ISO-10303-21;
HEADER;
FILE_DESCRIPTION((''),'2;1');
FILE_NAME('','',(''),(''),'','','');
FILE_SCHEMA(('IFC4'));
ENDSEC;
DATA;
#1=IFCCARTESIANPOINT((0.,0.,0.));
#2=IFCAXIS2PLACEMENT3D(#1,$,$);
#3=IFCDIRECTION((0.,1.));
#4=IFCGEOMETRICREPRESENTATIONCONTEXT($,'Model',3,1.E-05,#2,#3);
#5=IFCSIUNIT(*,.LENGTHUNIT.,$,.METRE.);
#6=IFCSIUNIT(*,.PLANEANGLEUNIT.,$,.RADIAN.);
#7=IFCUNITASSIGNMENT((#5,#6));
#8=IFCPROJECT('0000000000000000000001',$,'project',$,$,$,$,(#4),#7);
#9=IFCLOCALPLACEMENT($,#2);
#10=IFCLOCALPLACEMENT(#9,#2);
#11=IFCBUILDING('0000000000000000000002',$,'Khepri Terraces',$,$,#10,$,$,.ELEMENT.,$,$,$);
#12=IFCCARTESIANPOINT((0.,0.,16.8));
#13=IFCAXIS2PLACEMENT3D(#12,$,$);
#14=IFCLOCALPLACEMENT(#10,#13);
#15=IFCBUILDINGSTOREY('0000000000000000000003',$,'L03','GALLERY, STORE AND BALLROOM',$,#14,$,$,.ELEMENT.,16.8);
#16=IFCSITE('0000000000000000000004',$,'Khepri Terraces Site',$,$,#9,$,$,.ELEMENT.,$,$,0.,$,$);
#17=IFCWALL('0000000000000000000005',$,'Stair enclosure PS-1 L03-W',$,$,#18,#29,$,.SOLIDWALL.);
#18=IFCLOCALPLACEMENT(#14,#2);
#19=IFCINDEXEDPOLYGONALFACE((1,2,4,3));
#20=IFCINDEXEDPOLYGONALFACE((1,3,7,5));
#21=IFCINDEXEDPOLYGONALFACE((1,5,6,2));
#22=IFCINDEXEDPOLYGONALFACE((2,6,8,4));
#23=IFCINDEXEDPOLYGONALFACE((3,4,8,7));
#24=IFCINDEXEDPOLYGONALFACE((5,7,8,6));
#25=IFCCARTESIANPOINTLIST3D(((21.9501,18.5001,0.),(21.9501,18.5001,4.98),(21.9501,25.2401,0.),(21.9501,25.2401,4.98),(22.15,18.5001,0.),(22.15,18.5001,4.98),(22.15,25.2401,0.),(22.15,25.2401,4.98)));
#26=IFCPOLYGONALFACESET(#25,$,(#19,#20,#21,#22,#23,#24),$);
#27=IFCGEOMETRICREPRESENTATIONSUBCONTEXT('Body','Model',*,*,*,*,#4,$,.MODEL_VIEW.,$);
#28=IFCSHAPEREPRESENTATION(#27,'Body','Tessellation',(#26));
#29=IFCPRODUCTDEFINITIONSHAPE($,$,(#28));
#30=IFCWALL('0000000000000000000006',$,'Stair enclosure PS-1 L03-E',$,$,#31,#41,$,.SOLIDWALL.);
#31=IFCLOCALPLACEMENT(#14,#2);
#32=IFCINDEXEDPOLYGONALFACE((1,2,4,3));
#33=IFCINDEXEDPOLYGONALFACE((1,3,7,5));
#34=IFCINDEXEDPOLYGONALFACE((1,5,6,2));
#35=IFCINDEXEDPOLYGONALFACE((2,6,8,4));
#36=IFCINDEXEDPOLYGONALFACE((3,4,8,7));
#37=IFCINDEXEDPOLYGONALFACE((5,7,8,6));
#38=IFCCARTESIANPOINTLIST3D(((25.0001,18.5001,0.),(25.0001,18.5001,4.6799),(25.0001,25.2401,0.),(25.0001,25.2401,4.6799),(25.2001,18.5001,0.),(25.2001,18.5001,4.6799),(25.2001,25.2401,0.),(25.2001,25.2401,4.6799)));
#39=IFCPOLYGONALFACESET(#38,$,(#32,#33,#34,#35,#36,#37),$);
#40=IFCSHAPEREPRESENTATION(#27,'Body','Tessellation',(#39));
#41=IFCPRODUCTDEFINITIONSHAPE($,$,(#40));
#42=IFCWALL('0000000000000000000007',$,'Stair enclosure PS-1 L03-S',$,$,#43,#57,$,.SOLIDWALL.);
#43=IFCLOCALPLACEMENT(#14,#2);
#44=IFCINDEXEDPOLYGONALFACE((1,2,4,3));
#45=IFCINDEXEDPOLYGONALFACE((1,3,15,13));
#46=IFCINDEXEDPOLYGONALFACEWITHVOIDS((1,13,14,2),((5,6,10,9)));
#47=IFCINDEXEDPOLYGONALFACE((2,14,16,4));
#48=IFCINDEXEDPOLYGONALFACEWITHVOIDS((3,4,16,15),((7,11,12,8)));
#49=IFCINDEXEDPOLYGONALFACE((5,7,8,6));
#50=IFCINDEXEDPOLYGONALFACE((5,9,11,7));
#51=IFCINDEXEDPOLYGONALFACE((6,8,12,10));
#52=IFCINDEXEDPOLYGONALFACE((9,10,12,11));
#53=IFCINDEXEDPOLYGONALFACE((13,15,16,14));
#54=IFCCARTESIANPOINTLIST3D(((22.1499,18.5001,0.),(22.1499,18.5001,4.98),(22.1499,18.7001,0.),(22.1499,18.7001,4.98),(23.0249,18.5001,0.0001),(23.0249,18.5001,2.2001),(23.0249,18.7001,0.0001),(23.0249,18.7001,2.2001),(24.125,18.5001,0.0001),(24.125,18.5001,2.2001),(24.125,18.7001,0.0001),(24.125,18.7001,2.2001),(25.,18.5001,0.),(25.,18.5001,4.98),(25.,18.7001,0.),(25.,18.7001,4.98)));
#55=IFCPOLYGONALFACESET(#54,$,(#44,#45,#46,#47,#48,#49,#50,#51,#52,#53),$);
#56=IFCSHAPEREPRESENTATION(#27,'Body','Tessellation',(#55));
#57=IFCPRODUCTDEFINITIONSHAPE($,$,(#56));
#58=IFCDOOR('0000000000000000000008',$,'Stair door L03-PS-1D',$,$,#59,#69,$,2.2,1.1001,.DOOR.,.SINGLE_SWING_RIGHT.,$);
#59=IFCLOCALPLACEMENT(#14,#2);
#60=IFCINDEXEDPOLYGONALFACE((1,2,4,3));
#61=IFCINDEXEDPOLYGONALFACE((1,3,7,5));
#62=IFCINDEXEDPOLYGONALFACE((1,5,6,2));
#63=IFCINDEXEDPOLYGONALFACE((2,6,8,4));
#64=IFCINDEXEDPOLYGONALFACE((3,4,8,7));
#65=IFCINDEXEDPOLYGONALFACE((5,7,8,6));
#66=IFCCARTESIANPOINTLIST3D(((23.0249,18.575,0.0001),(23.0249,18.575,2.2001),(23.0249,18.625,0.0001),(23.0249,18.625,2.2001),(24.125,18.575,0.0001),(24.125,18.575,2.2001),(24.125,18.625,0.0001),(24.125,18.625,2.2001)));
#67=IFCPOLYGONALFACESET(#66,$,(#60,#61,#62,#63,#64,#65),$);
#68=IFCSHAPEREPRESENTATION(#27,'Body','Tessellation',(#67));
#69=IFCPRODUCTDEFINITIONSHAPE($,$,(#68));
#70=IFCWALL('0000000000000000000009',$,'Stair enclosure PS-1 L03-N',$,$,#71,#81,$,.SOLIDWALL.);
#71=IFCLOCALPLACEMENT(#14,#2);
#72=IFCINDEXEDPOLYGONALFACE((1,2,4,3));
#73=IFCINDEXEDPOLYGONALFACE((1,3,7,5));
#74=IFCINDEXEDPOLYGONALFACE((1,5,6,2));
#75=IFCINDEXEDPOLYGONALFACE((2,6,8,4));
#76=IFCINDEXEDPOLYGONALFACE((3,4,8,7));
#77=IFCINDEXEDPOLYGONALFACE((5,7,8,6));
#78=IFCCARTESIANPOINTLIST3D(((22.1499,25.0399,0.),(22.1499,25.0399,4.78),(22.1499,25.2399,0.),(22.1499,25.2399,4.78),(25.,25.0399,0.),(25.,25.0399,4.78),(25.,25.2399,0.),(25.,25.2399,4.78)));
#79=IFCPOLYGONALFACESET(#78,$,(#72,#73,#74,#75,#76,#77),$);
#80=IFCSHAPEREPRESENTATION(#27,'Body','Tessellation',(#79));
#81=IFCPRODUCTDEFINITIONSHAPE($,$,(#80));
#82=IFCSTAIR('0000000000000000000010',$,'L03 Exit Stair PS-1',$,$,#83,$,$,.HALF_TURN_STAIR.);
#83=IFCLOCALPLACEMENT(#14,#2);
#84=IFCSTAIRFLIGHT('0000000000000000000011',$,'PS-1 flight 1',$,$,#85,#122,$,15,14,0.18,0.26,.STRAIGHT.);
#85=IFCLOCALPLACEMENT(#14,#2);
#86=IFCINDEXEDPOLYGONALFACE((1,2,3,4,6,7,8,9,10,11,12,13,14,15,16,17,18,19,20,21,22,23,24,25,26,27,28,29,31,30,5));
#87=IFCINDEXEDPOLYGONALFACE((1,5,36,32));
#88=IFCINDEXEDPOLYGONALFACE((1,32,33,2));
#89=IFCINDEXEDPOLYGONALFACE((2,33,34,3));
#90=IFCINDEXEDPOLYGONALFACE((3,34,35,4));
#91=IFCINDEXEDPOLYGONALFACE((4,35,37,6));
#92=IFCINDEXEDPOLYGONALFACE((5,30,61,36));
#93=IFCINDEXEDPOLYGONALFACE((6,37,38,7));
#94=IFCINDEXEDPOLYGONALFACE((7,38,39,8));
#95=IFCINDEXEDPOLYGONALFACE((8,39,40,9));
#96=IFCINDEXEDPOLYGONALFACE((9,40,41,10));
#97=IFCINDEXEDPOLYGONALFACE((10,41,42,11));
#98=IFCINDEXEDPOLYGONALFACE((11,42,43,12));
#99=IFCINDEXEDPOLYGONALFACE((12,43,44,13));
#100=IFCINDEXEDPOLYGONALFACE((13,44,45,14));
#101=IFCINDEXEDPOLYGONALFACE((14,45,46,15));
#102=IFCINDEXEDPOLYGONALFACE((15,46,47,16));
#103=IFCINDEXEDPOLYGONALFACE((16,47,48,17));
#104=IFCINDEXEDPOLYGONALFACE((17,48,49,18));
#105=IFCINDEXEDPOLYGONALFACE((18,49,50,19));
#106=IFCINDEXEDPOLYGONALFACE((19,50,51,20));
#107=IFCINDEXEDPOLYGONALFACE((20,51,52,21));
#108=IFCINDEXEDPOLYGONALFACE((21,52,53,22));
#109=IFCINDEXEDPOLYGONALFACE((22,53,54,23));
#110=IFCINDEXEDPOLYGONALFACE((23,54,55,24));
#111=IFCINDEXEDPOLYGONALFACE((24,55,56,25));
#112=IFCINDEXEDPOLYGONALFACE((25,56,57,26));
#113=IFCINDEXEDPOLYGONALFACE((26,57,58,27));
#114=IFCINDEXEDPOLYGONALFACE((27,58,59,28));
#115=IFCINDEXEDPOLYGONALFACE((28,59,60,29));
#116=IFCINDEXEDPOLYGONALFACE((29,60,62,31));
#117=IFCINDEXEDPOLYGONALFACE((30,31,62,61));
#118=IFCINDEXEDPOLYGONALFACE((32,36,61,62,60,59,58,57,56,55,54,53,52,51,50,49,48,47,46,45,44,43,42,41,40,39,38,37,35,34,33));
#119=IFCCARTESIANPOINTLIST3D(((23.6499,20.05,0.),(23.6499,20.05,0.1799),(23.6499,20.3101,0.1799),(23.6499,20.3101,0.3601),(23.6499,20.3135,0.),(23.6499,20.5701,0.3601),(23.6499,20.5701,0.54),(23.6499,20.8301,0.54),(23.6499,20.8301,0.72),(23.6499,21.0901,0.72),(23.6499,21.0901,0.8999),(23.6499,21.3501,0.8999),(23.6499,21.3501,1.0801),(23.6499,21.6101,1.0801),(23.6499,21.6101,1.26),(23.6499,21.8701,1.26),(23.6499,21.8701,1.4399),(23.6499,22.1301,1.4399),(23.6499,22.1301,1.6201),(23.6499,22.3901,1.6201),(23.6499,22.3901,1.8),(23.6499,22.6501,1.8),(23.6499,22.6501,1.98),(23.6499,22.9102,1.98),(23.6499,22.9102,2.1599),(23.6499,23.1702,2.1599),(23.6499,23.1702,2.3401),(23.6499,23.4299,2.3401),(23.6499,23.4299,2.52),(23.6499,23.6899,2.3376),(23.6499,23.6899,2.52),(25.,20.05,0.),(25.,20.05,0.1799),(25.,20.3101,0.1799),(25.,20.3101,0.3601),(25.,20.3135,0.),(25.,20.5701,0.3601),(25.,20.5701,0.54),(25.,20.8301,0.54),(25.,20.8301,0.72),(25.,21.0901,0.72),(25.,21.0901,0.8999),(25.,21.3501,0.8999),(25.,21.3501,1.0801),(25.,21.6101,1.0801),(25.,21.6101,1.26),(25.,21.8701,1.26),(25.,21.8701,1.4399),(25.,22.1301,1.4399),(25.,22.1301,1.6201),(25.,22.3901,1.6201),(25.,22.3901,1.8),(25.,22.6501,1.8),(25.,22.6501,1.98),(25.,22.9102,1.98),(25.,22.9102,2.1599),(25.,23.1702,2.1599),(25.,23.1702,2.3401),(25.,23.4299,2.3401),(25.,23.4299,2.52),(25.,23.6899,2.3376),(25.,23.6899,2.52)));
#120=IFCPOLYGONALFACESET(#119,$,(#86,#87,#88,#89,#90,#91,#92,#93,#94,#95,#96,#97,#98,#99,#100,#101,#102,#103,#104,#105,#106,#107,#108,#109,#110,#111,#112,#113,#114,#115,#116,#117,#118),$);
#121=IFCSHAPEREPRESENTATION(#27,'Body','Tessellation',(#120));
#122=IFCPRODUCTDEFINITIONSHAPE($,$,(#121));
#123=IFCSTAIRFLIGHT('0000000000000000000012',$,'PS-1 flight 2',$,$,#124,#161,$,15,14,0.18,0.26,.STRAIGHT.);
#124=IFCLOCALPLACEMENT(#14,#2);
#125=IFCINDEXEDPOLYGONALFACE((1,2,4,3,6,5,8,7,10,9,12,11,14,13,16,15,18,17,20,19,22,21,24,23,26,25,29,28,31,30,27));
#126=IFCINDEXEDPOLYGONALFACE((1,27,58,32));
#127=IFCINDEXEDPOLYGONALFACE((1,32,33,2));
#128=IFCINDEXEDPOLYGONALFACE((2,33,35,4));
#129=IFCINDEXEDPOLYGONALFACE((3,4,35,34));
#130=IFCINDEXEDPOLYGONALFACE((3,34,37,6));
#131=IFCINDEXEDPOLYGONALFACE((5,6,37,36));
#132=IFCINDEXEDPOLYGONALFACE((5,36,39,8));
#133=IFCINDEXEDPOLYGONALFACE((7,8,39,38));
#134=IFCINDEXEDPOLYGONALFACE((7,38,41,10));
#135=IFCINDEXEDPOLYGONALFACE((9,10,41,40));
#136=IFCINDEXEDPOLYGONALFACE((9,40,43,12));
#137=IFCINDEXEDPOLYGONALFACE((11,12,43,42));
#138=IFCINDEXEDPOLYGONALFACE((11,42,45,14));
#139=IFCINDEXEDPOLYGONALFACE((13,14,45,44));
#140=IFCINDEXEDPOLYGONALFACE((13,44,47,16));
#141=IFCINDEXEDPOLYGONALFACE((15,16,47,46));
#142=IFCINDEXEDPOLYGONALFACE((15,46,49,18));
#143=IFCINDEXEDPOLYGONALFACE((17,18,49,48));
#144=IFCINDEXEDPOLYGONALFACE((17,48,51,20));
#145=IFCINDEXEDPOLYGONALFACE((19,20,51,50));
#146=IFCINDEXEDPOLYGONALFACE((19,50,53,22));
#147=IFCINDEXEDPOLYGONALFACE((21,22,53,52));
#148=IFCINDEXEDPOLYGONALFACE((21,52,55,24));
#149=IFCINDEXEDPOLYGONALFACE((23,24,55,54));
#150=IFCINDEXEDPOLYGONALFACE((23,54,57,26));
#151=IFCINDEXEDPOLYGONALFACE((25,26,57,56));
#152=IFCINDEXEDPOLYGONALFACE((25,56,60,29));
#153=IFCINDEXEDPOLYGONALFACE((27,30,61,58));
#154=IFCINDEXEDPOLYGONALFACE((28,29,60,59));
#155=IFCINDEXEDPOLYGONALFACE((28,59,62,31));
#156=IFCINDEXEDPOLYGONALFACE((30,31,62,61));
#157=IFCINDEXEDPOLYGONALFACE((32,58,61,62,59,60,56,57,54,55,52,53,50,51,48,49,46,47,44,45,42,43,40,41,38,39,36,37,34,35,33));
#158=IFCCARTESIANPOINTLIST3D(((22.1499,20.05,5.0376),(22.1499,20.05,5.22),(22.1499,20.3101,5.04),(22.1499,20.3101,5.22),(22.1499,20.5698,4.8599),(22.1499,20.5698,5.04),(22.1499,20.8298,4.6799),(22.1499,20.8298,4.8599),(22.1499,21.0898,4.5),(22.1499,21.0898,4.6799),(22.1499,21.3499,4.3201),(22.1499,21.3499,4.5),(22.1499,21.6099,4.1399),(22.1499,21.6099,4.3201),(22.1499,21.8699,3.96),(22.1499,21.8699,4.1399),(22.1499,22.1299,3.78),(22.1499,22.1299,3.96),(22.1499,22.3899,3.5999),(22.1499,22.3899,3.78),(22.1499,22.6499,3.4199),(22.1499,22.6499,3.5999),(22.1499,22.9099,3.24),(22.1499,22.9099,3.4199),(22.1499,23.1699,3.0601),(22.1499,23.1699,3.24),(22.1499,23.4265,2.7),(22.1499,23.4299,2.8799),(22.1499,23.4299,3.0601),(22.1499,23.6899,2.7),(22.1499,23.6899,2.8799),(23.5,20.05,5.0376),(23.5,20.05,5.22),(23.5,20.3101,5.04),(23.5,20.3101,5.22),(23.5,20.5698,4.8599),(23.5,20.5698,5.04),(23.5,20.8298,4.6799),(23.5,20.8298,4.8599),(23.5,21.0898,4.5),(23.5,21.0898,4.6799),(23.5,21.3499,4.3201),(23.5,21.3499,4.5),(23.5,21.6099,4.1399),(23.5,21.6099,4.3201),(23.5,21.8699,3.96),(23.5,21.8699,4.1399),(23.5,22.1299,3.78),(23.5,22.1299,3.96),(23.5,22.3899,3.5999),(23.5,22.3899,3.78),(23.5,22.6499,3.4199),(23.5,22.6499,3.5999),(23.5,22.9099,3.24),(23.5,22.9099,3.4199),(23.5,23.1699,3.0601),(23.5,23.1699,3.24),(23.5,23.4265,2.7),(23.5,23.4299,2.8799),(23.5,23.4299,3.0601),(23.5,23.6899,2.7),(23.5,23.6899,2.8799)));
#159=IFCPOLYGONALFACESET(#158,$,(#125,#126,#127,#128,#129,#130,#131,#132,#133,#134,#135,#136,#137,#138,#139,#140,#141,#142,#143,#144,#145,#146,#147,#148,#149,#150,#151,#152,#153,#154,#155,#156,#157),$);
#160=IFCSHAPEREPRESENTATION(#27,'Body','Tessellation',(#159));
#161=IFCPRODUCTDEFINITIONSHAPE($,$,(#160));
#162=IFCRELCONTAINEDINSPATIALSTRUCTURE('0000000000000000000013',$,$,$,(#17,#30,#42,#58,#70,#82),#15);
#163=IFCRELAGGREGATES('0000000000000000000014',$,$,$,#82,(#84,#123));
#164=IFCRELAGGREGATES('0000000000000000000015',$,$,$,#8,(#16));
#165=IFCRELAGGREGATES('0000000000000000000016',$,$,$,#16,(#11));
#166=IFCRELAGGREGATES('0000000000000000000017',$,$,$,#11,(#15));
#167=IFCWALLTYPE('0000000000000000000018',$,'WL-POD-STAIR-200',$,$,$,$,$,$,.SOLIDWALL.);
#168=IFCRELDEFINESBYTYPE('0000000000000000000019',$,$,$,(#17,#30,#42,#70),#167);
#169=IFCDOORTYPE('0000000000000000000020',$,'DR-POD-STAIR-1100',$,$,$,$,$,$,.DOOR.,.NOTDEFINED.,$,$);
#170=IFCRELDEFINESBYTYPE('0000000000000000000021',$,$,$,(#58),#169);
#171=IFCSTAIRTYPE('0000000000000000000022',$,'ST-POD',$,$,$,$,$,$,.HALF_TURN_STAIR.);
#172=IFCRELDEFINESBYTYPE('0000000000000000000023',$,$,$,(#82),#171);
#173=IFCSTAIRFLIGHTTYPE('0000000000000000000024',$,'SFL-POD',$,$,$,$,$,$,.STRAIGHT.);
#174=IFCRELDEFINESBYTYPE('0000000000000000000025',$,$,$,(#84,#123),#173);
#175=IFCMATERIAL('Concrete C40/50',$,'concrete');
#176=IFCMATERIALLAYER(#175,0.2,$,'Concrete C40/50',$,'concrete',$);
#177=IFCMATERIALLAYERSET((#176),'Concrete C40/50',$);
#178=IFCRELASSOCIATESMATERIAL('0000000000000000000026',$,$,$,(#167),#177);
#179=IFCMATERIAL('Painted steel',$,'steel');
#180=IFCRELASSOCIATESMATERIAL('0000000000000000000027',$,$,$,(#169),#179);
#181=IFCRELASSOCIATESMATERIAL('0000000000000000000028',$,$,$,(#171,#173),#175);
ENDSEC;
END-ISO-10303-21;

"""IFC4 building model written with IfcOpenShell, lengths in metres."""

from ifc_helpers import new_model, si_unit, direction, frame, frame_2d, origin, place, context, subcontext, project, spatial, polyline, rectangle, outline, extrude, material, layer, layer_set, type_object, element, fill, aggregate, save


model = new_model("IFC4")

# Units and contexts
model_context = context("Model", 3, precision=1e-05, world=origin(), true_north=direction((0.0, 1.0)))
body_context = subcontext(model_context, "Body", "Model", "MODEL_VIEW")
ifc_project = project(units=[si_unit("LENGTHUNIT", "METRE"), si_unit("PLANEANGLEUNIT", "RADIAN")], contexts=[model_context])

# Site, building, storey
site_placement = place(None, origin())
site = spatial("IfcSite", under=ifc_project, at=site_placement, Name="Khepri Terraces Site", CompositionType="ELEMENT", RefElevation=0.0)
building_placement = place(site_placement, origin())
building = spatial("IfcBuilding", under=site, at=building_placement, Name="Khepri Terraces", CompositionType="ELEMENT")
storey_placement = place(building_placement, frame((0.0, 0.0, 16.8)))
storey = spatial("IfcBuildingStorey", under=building, at=storey_placement, Name="L03", Description="GALLERY, STORE AND BALLROOM", CompositionType="ELEMENT", Elevation=16.8)

# Walls
ifc_material_1 = material(Name="Concrete C40/50", Category="concrete")
ifc_layer_1 = layer(ifc_material_1, 0.2, Name="Concrete C40/50", Category="concrete")
ifc_layer_set_1 = layer_set([ifc_layer_1], Name="Concrete C40/50")
wall_type_1 = type_object("IfcWallType", Name="WL-POD-STAIR-200", PredefinedType="SOLIDWALL", material=ifc_layer_set_1)
wall_1_placement = place(storey_placement, frame((22.05, 18.5, 0.0), z_axis=(0.0, 0.0, 1.0), x_axis=(0.0, 1.0, 0.0)))
element("IfcWall", 1, at=wall_1_placement, inside=storey, type_object=wall_type_1, Name="Stair enclosure PS-1 L03-W", PredefinedType="SOLIDWALL", context=body_context, shape_type="SweptSolid", body=[
    extrude(rectangle(XDim=6.74, YDim=0.2, at=frame_2d((3.3701, 0.0))), origin(), (0.0, 0.0, 1.0), 4.98),
])
wall_2_placement = place(storey_placement, frame((25.1001, 18.5, 0.0), z_axis=(0.0, 0.0, 1.0), x_axis=(0.0, 1.0, 0.0)))
element("IfcWall", 2, at=wall_2_placement, inside=storey, type_object=wall_type_1, Name="Stair enclosure PS-1 L03-E", PredefinedType="SOLIDWALL", context=body_context, shape_type="SweptSolid", body=[
    extrude(rectangle(XDim=6.74, YDim=0.2, at=frame_2d((3.3701, 0.0))), origin(), (0.0, 0.0, 1.0), 4.6799),
])

# Wall, opening, door
wall_3_placement = place(storey_placement, frame((22.1499, 18.6001, 0.0), z_axis=(0.0, 0.0, 1.0), x_axis=(1.0, 0.0, 0.0)))
wall_3 = element("IfcWall", 3, at=wall_3_placement, inside=storey, type_object=wall_type_1, Name="Stair enclosure PS-1 L03-S", PredefinedType="SOLIDWALL", context=body_context, shape_type="SweptSolid", body=[
    extrude(rectangle(XDim=2.8501, YDim=0.2, at=frame_2d((1.425, 0.0))), origin(), (0.0, 0.0, 1.0), 4.98),
])
opening_1_placement = place(wall_3_placement, frame((0.875, 0.0, 0.0)))
opening_1 = element("IfcOpeningElement", 4, at=opening_1_placement, cuts=wall_3, PredefinedType="OPENING", context=body_context, shape_type="SweptSolid", body=[
    extrude(rectangle(XDim=1.1001, YDim=2.2, at=frame_2d((0.55, 1.1001))), frame((0.0, 0.1099, 0.0), z_axis=(0.0, -1.0, 0.0), x_axis=(1.0, 0.0, 0.0)), (0.0, 0.0, 1.0), 0.22),
])
ifc_material_2 = material(Name="Painted steel", Category="steel")
door_type_1 = type_object("IfcDoorType", Name="DR-POD-STAIR-1100", OperationType="NOTDEFINED", PredefinedType="DOOR", material=ifc_material_2)
door_1_placement = place(opening_1_placement, origin())
door_1 = element("IfcDoor", 5, at=door_1_placement, inside=storey, type_object=door_type_1, Name="Stair door L03-PS-1D", OperationType="SINGLE_SWING_RIGHT", OverallHeight=2.2, OverallWidth=1.1001, PredefinedType="DOOR", context=body_context, shape_type="SweptSolid", body=[
    extrude(rectangle(XDim=1.1001, YDim=2.2, at=frame_2d((0.55, 1.1001))), frame((0.0, 0.0249, 0.0), z_axis=(0.0, -1.0, 0.0), x_axis=(1.0, 0.0, 0.0)), (0.0, 0.0, 1.0), 0.05),
])
fill(opening_1, door_1)

# Wall
wall_4_placement = place(storey_placement, frame((22.1499, 25.1399, 0.0), z_axis=(0.0, 0.0, 1.0), x_axis=(1.0, 0.0, 0.0)))
element("IfcWall", 6, at=wall_4_placement, inside=storey, type_object=wall_type_1, Name="Stair enclosure PS-1 L03-N", PredefinedType="SOLIDWALL", context=body_context, shape_type="SweptSolid", body=[
    extrude(rectangle(XDim=2.8501, YDim=0.2, at=frame_2d((1.425, 0.0))), origin(), (0.0, 0.0, 1.0), 4.78),
])

# Stair, stair flights
stair_type = type_object("IfcStairType", Name="ST-POD", PredefinedType="HALF_TURN_STAIR", material=ifc_material_1)
stair_placement = place(storey_placement, origin())
stair = element("IfcStair", 7, at=stair_placement, inside=storey, type_object=stair_type, Name="L03 Exit Stair PS-1", PredefinedType="HALF_TURN_STAIR")
stair_flight_type = type_object("IfcStairFlightType", Name="SFL-POD", PredefinedType="STRAIGHT", material=ifc_material_1)
stair_flight_1_placement = place(storey_placement, frame((24.325, 20.05, 0.0), z_axis=(0.0, 0.0, 1.0), x_axis=(0.0, 1.0, 0.0)))
stair_flight_1 = element("IfcStairFlight", 8, at=stair_flight_1_placement, type_object=stair_flight_type, Name="PS-1 flight 1", NumberOfRisers=15, NumberOfTreads=14, PredefinedType="STRAIGHT", RiserHeight=0.18, TreadLength=0.26, context=body_context, shape_type="SweptSolid", body=[
    extrude(outline(polyline([(0.0, 0.0), (0.0, 0.1799), (0.26, 0.1799), (0.26, 0.3601), (0.52, 0.3601), (0.52, 0.54), (0.78, 0.54), (0.78, 0.72), (1.04, 0.72), (1.04, 0.8999), (1.3, 0.8999), (1.3, 1.0801), (1.5601, 1.0801), (1.5601, 1.26), (1.8201, 1.26), (1.8201, 1.4399), (2.0801, 1.4399), (2.0801, 1.6201), (2.3401, 1.6201), (2.3401, 1.8), (2.6001, 1.8), (2.6001, 1.98), (2.8601, 1.98), (2.8601, 2.1599), (3.1201, 2.1599), (3.1201, 2.3401), (3.3799, 2.3401), (3.3799, 2.52), (3.6399, 2.52), (3.6399, 2.7), (3.6399, 2.3376), (0.2634, 0.0), (0.0, 0.0)])), frame((0.0, 0.675, 0.0), z_axis=(0.0, -1.0, 0.0), x_axis=(1.0, 0.0, 0.0)), (0.0, 0.0, 1.0), 1.3501),
])
stair_flight_2_placement = place(storey_placement, frame((22.825, 23.6899, 2.7), z_axis=(0.0, 0.0, 1.0), x_axis=(0.0, -1.0, 0.0)))
stair_flight_2 = element("IfcStairFlight", 9, at=stair_flight_2_placement, type_object=stair_flight_type, Name="PS-1 flight 2", NumberOfRisers=15, NumberOfTreads=14, PredefinedType="STRAIGHT", RiserHeight=0.18, TreadLength=0.26, context=body_context, shape_type="SweptSolid", body=[
    extrude(outline(polyline([(0.0, 0.0), (0.0, 0.1799), (0.26, 0.1799), (0.26, 0.3601), (0.52, 0.3601), (0.52, 0.54), (0.78, 0.54), (0.78, 0.72), (1.04, 0.72), (1.04, 0.8999), (1.3, 0.8999), (1.3, 1.0801), (1.5601, 1.0801), (1.5601, 1.26), (1.8201, 1.26), (1.8201, 1.4399), (2.0801, 1.4399), (2.0801, 1.6201), (2.3401, 1.6201), (2.3401, 1.8), (2.6001, 1.8), (2.6001, 1.98), (2.8601, 1.98), (2.8601, 2.1599), (3.1201, 2.1599), (3.1201, 2.3401), (3.3799, 2.3401), (3.3799, 2.52), (3.6399, 2.52), (3.6399, 2.7), (3.6399, 2.3376), (0.2634, 0.0), (0.0, 0.0)])), frame((0.0, 0.675, 0.0), z_axis=(0.0, -1.0, 0.0), x_axis=(1.0, 0.0, 0.0)), (0.0, 0.0, 1.0), 1.3501),
])
aggregate(stair, [stair_flight_1, stair_flight_2])

save(model, "model.ifc")
